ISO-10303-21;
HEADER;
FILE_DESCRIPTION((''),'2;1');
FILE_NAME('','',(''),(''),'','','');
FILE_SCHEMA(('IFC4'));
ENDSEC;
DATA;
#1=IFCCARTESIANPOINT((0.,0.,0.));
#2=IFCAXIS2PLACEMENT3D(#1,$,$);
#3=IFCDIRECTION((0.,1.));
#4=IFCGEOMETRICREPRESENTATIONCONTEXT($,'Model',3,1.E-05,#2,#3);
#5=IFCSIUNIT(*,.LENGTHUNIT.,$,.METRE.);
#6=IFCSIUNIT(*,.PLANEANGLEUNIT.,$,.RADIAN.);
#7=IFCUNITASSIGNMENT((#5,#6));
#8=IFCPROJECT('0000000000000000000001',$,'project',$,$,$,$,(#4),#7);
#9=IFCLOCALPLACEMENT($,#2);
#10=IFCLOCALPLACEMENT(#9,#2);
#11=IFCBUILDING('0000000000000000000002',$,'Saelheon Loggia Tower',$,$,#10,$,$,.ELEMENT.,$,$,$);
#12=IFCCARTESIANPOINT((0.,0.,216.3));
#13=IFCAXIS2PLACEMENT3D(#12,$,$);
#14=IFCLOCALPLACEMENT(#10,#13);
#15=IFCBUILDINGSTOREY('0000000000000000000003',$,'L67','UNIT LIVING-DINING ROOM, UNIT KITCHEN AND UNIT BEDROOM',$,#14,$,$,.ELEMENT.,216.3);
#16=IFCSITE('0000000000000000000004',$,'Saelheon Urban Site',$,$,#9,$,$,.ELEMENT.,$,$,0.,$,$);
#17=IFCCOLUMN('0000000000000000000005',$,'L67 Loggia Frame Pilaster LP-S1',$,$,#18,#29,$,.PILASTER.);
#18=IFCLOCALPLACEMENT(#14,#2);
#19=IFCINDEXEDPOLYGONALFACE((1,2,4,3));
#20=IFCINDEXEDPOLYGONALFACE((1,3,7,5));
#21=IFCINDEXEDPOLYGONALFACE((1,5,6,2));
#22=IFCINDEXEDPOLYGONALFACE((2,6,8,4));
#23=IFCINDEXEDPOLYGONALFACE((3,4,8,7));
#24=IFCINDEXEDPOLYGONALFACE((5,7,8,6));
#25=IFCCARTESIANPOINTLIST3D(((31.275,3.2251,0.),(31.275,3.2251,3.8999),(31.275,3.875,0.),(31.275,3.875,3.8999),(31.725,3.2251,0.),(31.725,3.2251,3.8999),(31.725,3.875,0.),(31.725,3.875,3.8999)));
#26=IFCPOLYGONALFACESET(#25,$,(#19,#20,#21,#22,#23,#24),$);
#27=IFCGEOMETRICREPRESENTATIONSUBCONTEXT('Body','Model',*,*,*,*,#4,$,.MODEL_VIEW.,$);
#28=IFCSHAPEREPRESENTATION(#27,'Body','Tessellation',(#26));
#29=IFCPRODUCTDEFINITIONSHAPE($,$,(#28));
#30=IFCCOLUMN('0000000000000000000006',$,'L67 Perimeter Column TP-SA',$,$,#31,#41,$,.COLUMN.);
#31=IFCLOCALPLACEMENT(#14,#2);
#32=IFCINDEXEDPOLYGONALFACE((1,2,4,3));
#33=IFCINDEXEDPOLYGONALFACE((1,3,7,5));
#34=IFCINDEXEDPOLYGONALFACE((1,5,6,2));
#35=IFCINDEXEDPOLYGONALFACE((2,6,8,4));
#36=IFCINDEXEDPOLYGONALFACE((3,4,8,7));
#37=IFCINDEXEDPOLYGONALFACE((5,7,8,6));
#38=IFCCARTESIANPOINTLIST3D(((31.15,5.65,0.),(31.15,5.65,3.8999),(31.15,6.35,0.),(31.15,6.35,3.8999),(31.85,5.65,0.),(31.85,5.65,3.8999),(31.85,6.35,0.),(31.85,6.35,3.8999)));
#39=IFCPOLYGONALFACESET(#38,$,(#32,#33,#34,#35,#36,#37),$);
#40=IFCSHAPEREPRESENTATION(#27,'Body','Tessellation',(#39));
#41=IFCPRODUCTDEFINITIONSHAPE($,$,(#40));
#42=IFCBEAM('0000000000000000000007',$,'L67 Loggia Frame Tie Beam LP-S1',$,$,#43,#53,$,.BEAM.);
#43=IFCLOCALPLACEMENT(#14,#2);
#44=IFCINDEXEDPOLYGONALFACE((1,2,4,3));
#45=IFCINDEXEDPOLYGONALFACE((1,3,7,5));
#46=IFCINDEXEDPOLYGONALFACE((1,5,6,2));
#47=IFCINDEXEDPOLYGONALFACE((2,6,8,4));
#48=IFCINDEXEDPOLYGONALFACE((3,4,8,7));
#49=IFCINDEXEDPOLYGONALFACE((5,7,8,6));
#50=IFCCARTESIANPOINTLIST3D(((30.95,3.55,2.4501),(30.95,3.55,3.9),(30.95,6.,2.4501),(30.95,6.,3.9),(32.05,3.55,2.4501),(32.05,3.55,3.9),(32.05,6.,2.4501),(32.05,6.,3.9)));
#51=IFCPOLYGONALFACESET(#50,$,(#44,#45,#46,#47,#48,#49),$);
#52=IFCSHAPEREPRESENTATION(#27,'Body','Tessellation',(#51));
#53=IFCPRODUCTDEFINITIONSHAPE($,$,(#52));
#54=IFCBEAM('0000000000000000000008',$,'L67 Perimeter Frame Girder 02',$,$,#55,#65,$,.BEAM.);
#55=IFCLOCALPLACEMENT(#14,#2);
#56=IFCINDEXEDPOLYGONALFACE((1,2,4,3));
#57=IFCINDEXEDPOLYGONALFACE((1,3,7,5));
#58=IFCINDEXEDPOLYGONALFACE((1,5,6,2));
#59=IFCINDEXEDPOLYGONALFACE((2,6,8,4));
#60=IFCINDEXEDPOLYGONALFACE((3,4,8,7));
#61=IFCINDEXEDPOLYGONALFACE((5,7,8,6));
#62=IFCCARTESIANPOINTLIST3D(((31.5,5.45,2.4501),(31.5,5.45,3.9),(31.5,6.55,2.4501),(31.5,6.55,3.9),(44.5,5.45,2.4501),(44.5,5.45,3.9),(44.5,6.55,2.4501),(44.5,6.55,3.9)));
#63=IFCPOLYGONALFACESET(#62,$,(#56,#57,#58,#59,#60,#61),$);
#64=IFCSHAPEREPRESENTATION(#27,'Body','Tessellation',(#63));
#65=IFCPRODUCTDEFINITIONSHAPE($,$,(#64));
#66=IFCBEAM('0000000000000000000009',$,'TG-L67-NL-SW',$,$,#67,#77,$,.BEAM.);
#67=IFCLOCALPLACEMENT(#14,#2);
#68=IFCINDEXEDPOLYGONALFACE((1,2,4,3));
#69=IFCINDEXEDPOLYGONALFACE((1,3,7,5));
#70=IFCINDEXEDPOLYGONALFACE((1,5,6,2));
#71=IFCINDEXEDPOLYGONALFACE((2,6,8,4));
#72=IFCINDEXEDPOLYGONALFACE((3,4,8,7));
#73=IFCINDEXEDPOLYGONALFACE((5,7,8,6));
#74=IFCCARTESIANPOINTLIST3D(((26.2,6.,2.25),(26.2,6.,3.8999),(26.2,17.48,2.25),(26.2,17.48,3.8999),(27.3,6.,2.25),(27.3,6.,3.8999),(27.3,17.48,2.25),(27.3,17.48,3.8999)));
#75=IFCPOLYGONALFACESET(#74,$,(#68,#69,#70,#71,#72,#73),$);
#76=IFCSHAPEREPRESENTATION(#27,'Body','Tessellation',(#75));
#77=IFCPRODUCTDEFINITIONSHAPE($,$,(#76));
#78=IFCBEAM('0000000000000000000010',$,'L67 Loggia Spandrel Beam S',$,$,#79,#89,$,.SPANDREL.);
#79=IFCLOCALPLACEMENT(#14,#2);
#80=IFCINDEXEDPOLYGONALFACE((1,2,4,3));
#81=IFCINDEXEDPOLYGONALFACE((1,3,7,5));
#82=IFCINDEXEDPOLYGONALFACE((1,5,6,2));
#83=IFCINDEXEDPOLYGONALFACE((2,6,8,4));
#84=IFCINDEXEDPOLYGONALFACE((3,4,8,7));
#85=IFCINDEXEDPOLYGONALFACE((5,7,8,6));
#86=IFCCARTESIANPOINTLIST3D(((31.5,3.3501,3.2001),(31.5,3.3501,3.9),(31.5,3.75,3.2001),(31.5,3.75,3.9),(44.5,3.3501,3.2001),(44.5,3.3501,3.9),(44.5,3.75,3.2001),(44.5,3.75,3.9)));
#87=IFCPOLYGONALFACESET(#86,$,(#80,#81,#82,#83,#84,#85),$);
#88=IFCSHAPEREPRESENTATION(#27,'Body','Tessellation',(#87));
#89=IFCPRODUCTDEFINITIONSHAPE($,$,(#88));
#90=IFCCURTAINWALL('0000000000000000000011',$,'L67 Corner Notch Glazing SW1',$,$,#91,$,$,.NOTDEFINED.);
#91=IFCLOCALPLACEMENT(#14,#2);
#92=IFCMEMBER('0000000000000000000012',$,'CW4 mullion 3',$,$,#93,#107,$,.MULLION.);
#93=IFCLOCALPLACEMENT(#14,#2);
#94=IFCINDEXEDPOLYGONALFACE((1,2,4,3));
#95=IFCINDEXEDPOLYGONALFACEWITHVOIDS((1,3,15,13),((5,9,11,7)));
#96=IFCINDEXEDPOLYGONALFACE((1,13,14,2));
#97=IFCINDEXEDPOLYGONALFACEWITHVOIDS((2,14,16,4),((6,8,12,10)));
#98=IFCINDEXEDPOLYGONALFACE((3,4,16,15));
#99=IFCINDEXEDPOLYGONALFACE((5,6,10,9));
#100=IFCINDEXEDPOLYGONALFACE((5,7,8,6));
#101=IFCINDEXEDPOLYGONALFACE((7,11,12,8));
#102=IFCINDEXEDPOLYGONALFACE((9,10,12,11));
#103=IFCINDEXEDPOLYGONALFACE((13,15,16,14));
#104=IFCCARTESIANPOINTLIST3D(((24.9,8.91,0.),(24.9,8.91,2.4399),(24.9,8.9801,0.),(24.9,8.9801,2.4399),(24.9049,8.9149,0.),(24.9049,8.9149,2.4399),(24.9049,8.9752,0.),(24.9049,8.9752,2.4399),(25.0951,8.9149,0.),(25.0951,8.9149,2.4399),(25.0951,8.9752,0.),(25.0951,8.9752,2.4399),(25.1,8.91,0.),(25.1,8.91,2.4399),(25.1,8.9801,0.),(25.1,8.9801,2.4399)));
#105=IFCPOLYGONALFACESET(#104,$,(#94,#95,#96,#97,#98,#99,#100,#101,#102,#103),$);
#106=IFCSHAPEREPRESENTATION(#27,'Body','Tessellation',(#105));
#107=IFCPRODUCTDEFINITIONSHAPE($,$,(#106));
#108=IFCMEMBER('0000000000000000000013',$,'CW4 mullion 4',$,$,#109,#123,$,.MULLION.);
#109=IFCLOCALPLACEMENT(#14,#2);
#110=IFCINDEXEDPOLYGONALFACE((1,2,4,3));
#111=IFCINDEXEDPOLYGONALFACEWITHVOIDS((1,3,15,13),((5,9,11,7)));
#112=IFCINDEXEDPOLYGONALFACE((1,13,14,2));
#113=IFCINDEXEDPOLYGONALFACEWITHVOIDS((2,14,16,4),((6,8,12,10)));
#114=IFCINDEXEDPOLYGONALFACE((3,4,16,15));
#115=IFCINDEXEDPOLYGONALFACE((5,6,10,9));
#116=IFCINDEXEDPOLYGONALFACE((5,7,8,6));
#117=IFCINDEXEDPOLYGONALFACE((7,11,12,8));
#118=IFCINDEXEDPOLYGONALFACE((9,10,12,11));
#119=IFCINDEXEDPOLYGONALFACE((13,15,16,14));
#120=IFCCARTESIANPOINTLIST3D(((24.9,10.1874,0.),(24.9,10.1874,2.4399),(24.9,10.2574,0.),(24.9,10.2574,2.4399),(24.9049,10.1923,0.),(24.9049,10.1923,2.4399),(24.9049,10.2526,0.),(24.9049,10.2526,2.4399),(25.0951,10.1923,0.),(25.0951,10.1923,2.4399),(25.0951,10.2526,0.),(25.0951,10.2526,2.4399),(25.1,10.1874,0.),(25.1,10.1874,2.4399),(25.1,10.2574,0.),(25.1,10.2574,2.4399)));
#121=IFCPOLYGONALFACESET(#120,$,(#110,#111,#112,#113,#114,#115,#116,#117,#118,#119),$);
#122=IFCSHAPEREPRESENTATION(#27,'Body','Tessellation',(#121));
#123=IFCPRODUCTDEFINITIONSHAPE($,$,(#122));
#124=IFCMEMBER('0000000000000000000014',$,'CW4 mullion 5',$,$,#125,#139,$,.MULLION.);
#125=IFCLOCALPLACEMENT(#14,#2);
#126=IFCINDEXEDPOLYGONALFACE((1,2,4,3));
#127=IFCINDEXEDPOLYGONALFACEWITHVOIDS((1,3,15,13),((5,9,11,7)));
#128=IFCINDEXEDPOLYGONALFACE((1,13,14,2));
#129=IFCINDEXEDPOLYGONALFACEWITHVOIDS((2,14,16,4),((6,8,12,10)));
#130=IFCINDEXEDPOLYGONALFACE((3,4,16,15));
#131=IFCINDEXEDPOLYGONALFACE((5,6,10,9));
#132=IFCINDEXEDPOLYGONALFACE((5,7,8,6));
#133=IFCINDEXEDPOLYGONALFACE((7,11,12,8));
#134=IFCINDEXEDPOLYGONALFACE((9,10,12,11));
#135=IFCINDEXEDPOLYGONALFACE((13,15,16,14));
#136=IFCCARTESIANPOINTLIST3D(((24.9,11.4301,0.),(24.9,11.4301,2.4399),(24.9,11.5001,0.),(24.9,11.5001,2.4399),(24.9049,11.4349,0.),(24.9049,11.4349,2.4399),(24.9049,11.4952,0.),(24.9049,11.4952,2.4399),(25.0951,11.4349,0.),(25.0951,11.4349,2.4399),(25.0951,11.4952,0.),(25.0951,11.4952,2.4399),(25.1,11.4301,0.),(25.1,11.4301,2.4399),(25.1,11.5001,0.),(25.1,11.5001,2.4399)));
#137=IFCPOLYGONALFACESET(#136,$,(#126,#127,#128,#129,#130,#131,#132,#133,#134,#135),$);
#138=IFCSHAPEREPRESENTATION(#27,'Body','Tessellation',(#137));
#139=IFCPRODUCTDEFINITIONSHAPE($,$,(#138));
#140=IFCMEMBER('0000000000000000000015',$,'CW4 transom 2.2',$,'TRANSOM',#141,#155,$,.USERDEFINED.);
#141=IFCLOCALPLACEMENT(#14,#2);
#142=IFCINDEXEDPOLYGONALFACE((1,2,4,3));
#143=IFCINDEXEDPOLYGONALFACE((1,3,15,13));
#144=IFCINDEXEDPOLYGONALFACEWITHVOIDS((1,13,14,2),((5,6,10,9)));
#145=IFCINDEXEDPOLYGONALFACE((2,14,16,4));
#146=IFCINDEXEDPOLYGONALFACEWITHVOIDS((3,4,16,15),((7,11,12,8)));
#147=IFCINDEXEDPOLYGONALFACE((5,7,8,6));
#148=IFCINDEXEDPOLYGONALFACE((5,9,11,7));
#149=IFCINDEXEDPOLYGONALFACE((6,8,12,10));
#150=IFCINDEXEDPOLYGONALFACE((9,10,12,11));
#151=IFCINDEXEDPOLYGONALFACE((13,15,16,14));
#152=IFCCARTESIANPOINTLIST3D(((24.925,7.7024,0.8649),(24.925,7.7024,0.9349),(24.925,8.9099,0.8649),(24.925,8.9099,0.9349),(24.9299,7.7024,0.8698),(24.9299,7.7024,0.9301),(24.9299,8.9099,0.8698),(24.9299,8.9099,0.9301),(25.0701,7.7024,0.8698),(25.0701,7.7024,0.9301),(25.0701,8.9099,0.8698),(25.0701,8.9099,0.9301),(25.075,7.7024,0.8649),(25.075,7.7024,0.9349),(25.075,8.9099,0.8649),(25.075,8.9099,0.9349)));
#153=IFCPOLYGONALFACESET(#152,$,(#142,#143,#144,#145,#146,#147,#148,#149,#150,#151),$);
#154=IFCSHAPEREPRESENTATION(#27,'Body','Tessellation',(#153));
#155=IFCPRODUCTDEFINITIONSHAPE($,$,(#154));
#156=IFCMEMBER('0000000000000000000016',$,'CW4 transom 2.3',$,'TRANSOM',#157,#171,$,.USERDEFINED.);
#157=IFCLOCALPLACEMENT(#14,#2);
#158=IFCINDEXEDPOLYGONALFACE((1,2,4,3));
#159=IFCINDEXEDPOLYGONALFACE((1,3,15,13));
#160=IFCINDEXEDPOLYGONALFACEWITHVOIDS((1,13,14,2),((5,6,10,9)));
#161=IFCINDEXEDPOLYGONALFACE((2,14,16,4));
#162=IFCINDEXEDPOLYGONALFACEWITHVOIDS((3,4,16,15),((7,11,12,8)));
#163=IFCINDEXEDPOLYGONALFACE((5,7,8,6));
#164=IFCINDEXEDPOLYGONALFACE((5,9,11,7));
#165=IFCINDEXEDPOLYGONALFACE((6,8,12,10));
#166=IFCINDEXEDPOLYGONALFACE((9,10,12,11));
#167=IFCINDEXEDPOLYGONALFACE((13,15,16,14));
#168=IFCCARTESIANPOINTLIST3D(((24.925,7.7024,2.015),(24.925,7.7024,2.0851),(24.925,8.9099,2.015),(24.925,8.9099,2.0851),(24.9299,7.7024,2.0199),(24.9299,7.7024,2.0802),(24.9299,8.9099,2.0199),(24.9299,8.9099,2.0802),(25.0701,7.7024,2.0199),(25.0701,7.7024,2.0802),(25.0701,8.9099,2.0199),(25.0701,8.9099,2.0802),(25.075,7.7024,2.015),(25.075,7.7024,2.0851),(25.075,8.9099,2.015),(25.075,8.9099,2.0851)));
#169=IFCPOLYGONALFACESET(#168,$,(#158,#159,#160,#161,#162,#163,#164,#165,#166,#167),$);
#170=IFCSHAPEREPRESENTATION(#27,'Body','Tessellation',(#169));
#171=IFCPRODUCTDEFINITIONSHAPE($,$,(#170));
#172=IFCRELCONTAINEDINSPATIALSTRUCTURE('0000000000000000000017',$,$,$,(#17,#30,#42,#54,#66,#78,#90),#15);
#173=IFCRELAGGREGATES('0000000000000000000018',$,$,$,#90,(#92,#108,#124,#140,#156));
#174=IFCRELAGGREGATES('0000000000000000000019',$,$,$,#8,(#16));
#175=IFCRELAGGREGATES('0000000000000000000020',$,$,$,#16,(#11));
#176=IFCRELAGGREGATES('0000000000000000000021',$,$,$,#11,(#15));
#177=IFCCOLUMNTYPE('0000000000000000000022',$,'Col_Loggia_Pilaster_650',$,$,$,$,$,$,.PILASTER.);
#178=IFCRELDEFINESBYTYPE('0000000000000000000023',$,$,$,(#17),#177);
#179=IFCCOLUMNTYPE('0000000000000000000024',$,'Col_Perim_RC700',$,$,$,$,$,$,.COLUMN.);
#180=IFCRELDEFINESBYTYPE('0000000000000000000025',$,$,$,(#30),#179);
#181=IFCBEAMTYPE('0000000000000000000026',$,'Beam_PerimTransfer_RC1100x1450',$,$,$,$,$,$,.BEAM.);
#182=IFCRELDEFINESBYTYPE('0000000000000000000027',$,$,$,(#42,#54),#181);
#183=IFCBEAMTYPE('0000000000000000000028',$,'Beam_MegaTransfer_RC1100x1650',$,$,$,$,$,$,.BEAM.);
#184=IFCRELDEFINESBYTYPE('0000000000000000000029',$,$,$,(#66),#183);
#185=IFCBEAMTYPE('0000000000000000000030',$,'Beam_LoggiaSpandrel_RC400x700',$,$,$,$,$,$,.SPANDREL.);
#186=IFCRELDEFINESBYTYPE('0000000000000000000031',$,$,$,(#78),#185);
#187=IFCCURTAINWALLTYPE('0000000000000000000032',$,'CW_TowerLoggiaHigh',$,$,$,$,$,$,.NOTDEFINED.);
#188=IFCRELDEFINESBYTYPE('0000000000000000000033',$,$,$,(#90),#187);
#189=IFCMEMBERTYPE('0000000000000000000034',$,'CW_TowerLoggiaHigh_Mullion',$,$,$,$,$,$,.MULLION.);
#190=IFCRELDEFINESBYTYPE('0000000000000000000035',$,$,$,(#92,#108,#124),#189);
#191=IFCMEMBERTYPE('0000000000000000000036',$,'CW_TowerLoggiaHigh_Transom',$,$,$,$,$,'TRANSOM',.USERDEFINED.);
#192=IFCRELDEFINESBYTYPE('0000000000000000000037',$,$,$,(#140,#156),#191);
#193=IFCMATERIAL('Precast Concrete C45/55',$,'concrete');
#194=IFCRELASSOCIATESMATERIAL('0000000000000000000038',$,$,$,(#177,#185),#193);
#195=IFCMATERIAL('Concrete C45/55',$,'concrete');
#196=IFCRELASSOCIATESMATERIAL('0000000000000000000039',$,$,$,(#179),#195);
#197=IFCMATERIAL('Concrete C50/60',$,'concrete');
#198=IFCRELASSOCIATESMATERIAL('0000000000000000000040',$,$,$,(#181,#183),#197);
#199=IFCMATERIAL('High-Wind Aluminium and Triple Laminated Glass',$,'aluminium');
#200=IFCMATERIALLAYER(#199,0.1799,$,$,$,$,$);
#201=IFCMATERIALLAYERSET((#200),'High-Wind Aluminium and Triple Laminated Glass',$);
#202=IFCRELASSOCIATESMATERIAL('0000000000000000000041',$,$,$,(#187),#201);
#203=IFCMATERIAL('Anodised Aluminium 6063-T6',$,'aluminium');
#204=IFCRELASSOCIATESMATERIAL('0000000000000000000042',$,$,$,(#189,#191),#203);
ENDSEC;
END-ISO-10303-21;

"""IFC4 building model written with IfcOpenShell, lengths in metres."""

from ifc_helpers import new_model, si_unit, direction, frame, origin, origin_2d, place, context, subcontext, project, spatial, rectangle, hollow_rectangle, extrude, source, transform, mapped, material, layer, layer_set, material_profile, profile_set, type_object, element, aggregate, save


model = new_model("IFC4")

# Units and contexts
model_context = context("Model", 3, precision=1e-05, world=origin(), true_north=direction((0.0, 1.0)))
body_context = subcontext(model_context, "Body", "Model", "MODEL_VIEW")
ifc_project = project(units=[si_unit("LENGTHUNIT", "METRE"), si_unit("PLANEANGLEUNIT", "RADIAN")], contexts=[model_context])

# Site, building, storey
site_placement = place(None, origin())
site = spatial("IfcSite", under=ifc_project, at=site_placement, Name="Saelheon Urban Site", CompositionType="ELEMENT", RefElevation=0.0)
building_placement = place(site_placement, origin())
building = spatial("IfcBuilding", under=site, at=building_placement, Name="Saelheon Loggia Tower", CompositionType="ELEMENT")
storey_placement = place(building_placement, frame((0.0, 0.0, 216.3)))
storey = spatial("IfcBuildingStorey", under=building, at=storey_placement, Name="L67", Description="UNIT LIVING-DINING ROOM, UNIT KITCHEN AND UNIT BEDROOM", CompositionType="ELEMENT", Elevation=216.3)

# Columns
ifc_material_1 = material(Name="Precast Concrete C45/55", Category="concrete")
ifc_material_profile_1 = material_profile(ifc_material_1, rectangle(XDim=0.45, YDim=0.6499, at=origin_2d()), Name="RC-450x650")
ifc_profile_set_1 = profile_set([ifc_material_profile_1], Name="Precast Concrete C45/55")
column_type_1 = type_object("IfcColumnType", Name="Col_Loggia_Pilaster_650", PredefinedType="PILASTER", material=ifc_profile_set_1)
shared_shape_1 = source(origin(), body_context, "Body", "SweptSolid", [
    extrude(rectangle(XDim=0.45, YDim=0.6499, at=origin_2d()), origin(), (0.0, 0.0, 1.0), 3.8999),
])
column_1_placement = place(storey_placement, frame((31.5, 3.55, 0.0), z_axis=(0.0, 0.0, 1.0), x_axis=(1.0, 0.0, 0.0)))
element("IfcColumn", 1, at=column_1_placement, inside=storey, type_object=column_type_1, Name="L67 Loggia Frame Pilaster LP-S1", PredefinedType="PILASTER", context=body_context, shape_type="MappedRepresentation", body=[
    mapped(shared_shape_1, transform((0.0, 0.0, 0.0), scale=1.0)),
])
ifc_material_2 = material(Name="Concrete C45/55", Category="concrete")
ifc_material_profile_2 = material_profile(ifc_material_2, rectangle(XDim=0.7, YDim=0.7, at=origin_2d()), Name="RC-700x700")
ifc_profile_set_2 = profile_set([ifc_material_profile_2], Name="Concrete C45/55")
column_type_2 = type_object("IfcColumnType", Name="Col_Perim_RC700", PredefinedType="COLUMN", material=ifc_profile_set_2)
shared_shape_2 = source(origin(), body_context, "Body", "SweptSolid", [
    extrude(rectangle(XDim=0.7, YDim=0.7, at=origin_2d()), origin(), (0.0, 0.0, 1.0), 3.8999),
])
column_2_placement = place(storey_placement, frame((31.5, 6.0, 0.0), z_axis=(0.0, 0.0, 1.0), x_axis=(1.0, 0.0, 0.0)))
element("IfcColumn", 2, at=column_2_placement, inside=storey, type_object=column_type_2, Name="L67 Perimeter Column TP-SA", PredefinedType="COLUMN", context=body_context, shape_type="MappedRepresentation", body=[
    mapped(shared_shape_2, transform((0.0, 0.0, 0.0), scale=1.0)),
])

# Beams
ifc_material_3 = material(Name="Concrete C50/60", Category="concrete")
ifc_material_profile_3 = material_profile(ifc_material_3, rectangle(XDim=1.1001, YDim=1.45, at=origin_2d()), Name="RC-1100x1450")
ifc_profile_set_3 = profile_set([ifc_material_profile_3], Name="Concrete C50/60")
beam_type_1 = type_object("IfcBeamType", Name="Beam_PerimTransfer_RC1100x1450", PredefinedType="BEAM", material=ifc_profile_set_3)
shared_shape_3 = source(origin(), body_context, "Body", "SweptSolid", [
    extrude(rectangle(XDim=1.1001, YDim=1.45, at=origin_2d()), origin(), (0.0, 0.0, 1.0), 2.45),
])
beam_1_placement = place(storey_placement, frame((31.5, 6.0, 3.175), z_axis=(0.0, -1.0, 0.0), x_axis=(1.0, 0.0, 0.0)))
element("IfcBeam", 3, at=beam_1_placement, inside=storey, type_object=beam_type_1, Name="L67 Loggia Frame Tie Beam LP-S1", PredefinedType="BEAM", context=body_context, shape_type="MappedRepresentation", body=[
    mapped(shared_shape_3, transform((0.0, 0.0, 0.0), scale=1.0)),
])
shared_shape_4 = source(origin(), body_context, "Body", "SweptSolid", [
    extrude(rectangle(XDim=1.1001, YDim=1.45, at=origin_2d()), origin(), (0.0, 0.0, 1.0), 13.0),
])
beam_2_placement = place(storey_placement, frame((31.5, 6.0, 3.175), z_axis=(1.0, 0.0, 0.0), x_axis=(0.0, 1.0, 0.0)))
element("IfcBeam", 4, at=beam_2_placement, inside=storey, type_object=beam_type_1, Name="L67 Perimeter Frame Girder 02", PredefinedType="BEAM", context=body_context, shape_type="MappedRepresentation", body=[
    mapped(shared_shape_4, transform((0.0, 0.0, 0.0), scale=1.0)),
])
ifc_material_profile_4 = material_profile(ifc_material_3, rectangle(XDim=1.1001, YDim=1.6499, at=origin_2d()), Name="RC-1100x1650")
ifc_profile_set_4 = profile_set([ifc_material_profile_4], Name="Concrete C50/60")
beam_type_2 = type_object("IfcBeamType", Name="Beam_MegaTransfer_RC1100x1650", PredefinedType="BEAM", material=ifc_profile_set_4)
shared_shape_5 = source(origin(), body_context, "Body", "SweptSolid", [
    extrude(rectangle(XDim=1.1001, YDim=1.6499, at=origin_2d()), origin(), (0.0, 0.0, 1.0), 11.48),
])
beam_3_placement = place(storey_placement, frame((26.75, 6.0, 3.075), z_axis=(0.0, 1.0, 0.0), x_axis=(-1.0, 0.0, 0.0)))
element("IfcBeam", 5, at=beam_3_placement, inside=storey, type_object=beam_type_2, Name="TG-L67-NL-SW", PredefinedType="BEAM", context=body_context, shape_type="MappedRepresentation", body=[
    mapped(shared_shape_5, transform((0.0, 0.0, 0.0), scale=1.0)),
])
ifc_material_profile_5 = material_profile(ifc_material_1, rectangle(XDim=0.3999, YDim=0.7, at=origin_2d()), Name="RC-400x700")
ifc_profile_set_5 = profile_set([ifc_material_profile_5], Name="Precast Concrete C45/55")
beam_type_3 = type_object("IfcBeamType", Name="Beam_LoggiaSpandrel_RC400x700", PredefinedType="SPANDREL", material=ifc_profile_set_5)
shared_shape_6 = source(origin(), body_context, "Body", "SweptSolid", [
    extrude(rectangle(XDim=0.3999, YDim=0.7, at=origin_2d()), origin(), (0.0, 0.0, 1.0), 13.0),
])
beam_4_placement = place(storey_placement, frame((31.5, 3.55, 3.55), z_axis=(1.0, 0.0, 0.0), x_axis=(0.0, 1.0, 0.0)))
element("IfcBeam", 6, at=beam_4_placement, inside=storey, type_object=beam_type_3, Name="L67 Loggia Spandrel Beam S", PredefinedType="SPANDREL", context=body_context, shape_type="MappedRepresentation", body=[
    mapped(shared_shape_6, transform((0.0, 0.0, 0.0), scale=1.0)),
])

# Curtain wall, members
ifc_material_4 = material(Name="High-Wind Aluminium and Triple Laminated Glass", Category="aluminium")
ifc_layer_1 = layer(ifc_material_4, 0.1799)
ifc_layer_set_1 = layer_set([ifc_layer_1], Name="High-Wind Aluminium and Triple Laminated Glass")
curtain_wall_type = type_object("IfcCurtainWallType", Name="CW_TowerLoggiaHigh", PredefinedType="NOTDEFINED", material=ifc_layer_set_1)
curtain_wall_placement = place(storey_placement, origin())
curtain_wall = element("IfcCurtainWall", 7, at=curtain_wall_placement, inside=storey, type_object=curtain_wall_type, Name="L67 Corner Notch Glazing SW1", PredefinedType="NOTDEFINED")
ifc_material_5 = material(Name="Anodised Aluminium 6063-T6", Category="aluminium")
ifc_material_profile_6 = material_profile(ifc_material_5, hollow_rectangle(XDim=0.0701, YDim=0.2, WallThickness=0.0049, at=origin_2d()), Name="RHS-200x70x5")
ifc_profile_set_6 = profile_set([ifc_material_profile_6], Name="Anodised Aluminium 6063-T6")
member_type_1 = type_object("IfcMemberType", Name="CW_TowerLoggiaHigh_Mullion", PredefinedType="MULLION", material=ifc_profile_set_6)
shared_shape_7 = source(origin(), body_context, "Body", "SweptSolid", [
    extrude(hollow_rectangle(XDim=0.0701, YDim=0.2, WallThickness=0.0049, at=origin_2d()), origin(), (0.0, 0.0, 1.0), 2.4399),
])
member_1_placement = place(storey_placement, frame((25.0, 8.9451, 0.0), z_axis=(0.0, 0.0, 1.0), x_axis=(0.0, 1.0, 0.0)))
member_1 = element("IfcMember", 8, at=member_1_placement, type_object=member_type_1, Name="CW4 mullion 3", PredefinedType="MULLION", context=body_context, shape_type="MappedRepresentation", body=[
    mapped(shared_shape_7, transform((0.0, 0.0, 0.0), scale=1.0)),
])
member_2_placement = place(storey_placement, frame((25.0, 10.2224, 0.0), z_axis=(0.0, 0.0, 1.0), x_axis=(0.0, 1.0, 0.0)))
member_2 = element("IfcMember", 9, at=member_2_placement, type_object=member_type_1, Name="CW4 mullion 4", PredefinedType="MULLION", context=body_context, shape_type="MappedRepresentation", body=[
    mapped(shared_shape_7, transform((0.0, 0.0, 0.0), scale=1.0)),
])
member_3_placement = place(storey_placement, frame((25.0, 11.4651, 0.0), z_axis=(0.0, 0.0, 1.0), x_axis=(0.0, 1.0, 0.0)))
member_3 = element("IfcMember", 10, at=member_3_placement, type_object=member_type_1, Name="CW4 mullion 5", PredefinedType="MULLION", context=body_context, shape_type="MappedRepresentation", body=[
    mapped(shared_shape_7, transform((0.0, 0.0, 0.0), scale=1.0)),
])
ifc_material_profile_7 = material_profile(ifc_material_5, hollow_rectangle(XDim=0.0701, YDim=0.1499, WallThickness=0.0049, at=origin_2d()), Name="RHS-150x70x5")
ifc_profile_set_7 = profile_set([ifc_material_profile_7], Name="Anodised Aluminium 6063-T6")
member_type_2 = type_object("IfcMemberType", Name="CW_TowerLoggiaHigh_Transom", ElementType="TRANSOM", PredefinedType="USERDEFINED", material=ifc_profile_set_7)
shared_shape_8 = source(origin(), body_context, "Body", "SweptSolid", [
    extrude(hollow_rectangle(XDim=0.0701, YDim=0.1499, WallThickness=0.0049, at=origin_2d()), origin(), (0.0, 0.0, 1.0), 1.2075),
])
member_4_placement = place(storey_placement, frame((25.0, 7.7024, 0.8999), z_axis=(0.0, 1.0, 0.0), x_axis=(0.0, 0.0, 1.0)))
member_4 = element("IfcMember", 11, at=member_4_placement, type_object=member_type_2, Name="CW4 transom 2.2", ObjectType="TRANSOM", PredefinedType="USERDEFINED", context=body_context, shape_type="MappedRepresentation", body=[
    mapped(shared_shape_8, transform((0.0, 0.0, 0.0), scale=1.0)),
])
member_5_placement = place(storey_placement, frame((25.0, 7.7024, 2.05), z_axis=(0.0, 1.0, 0.0), x_axis=(0.0, 0.0, 1.0)))
member_5 = element("IfcMember", 12, at=member_5_placement, type_object=member_type_2, Name="CW4 transom 2.3", ObjectType="TRANSOM", PredefinedType="USERDEFINED", context=body_context, shape_type="MappedRepresentation", body=[
    mapped(shared_shape_8, transform((0.0, 0.0, 0.0), scale=1.0)),
])
aggregate(curtain_wall, [member_1, member_2, member_3, member_4, member_5])

save(model, "model.ifc")
